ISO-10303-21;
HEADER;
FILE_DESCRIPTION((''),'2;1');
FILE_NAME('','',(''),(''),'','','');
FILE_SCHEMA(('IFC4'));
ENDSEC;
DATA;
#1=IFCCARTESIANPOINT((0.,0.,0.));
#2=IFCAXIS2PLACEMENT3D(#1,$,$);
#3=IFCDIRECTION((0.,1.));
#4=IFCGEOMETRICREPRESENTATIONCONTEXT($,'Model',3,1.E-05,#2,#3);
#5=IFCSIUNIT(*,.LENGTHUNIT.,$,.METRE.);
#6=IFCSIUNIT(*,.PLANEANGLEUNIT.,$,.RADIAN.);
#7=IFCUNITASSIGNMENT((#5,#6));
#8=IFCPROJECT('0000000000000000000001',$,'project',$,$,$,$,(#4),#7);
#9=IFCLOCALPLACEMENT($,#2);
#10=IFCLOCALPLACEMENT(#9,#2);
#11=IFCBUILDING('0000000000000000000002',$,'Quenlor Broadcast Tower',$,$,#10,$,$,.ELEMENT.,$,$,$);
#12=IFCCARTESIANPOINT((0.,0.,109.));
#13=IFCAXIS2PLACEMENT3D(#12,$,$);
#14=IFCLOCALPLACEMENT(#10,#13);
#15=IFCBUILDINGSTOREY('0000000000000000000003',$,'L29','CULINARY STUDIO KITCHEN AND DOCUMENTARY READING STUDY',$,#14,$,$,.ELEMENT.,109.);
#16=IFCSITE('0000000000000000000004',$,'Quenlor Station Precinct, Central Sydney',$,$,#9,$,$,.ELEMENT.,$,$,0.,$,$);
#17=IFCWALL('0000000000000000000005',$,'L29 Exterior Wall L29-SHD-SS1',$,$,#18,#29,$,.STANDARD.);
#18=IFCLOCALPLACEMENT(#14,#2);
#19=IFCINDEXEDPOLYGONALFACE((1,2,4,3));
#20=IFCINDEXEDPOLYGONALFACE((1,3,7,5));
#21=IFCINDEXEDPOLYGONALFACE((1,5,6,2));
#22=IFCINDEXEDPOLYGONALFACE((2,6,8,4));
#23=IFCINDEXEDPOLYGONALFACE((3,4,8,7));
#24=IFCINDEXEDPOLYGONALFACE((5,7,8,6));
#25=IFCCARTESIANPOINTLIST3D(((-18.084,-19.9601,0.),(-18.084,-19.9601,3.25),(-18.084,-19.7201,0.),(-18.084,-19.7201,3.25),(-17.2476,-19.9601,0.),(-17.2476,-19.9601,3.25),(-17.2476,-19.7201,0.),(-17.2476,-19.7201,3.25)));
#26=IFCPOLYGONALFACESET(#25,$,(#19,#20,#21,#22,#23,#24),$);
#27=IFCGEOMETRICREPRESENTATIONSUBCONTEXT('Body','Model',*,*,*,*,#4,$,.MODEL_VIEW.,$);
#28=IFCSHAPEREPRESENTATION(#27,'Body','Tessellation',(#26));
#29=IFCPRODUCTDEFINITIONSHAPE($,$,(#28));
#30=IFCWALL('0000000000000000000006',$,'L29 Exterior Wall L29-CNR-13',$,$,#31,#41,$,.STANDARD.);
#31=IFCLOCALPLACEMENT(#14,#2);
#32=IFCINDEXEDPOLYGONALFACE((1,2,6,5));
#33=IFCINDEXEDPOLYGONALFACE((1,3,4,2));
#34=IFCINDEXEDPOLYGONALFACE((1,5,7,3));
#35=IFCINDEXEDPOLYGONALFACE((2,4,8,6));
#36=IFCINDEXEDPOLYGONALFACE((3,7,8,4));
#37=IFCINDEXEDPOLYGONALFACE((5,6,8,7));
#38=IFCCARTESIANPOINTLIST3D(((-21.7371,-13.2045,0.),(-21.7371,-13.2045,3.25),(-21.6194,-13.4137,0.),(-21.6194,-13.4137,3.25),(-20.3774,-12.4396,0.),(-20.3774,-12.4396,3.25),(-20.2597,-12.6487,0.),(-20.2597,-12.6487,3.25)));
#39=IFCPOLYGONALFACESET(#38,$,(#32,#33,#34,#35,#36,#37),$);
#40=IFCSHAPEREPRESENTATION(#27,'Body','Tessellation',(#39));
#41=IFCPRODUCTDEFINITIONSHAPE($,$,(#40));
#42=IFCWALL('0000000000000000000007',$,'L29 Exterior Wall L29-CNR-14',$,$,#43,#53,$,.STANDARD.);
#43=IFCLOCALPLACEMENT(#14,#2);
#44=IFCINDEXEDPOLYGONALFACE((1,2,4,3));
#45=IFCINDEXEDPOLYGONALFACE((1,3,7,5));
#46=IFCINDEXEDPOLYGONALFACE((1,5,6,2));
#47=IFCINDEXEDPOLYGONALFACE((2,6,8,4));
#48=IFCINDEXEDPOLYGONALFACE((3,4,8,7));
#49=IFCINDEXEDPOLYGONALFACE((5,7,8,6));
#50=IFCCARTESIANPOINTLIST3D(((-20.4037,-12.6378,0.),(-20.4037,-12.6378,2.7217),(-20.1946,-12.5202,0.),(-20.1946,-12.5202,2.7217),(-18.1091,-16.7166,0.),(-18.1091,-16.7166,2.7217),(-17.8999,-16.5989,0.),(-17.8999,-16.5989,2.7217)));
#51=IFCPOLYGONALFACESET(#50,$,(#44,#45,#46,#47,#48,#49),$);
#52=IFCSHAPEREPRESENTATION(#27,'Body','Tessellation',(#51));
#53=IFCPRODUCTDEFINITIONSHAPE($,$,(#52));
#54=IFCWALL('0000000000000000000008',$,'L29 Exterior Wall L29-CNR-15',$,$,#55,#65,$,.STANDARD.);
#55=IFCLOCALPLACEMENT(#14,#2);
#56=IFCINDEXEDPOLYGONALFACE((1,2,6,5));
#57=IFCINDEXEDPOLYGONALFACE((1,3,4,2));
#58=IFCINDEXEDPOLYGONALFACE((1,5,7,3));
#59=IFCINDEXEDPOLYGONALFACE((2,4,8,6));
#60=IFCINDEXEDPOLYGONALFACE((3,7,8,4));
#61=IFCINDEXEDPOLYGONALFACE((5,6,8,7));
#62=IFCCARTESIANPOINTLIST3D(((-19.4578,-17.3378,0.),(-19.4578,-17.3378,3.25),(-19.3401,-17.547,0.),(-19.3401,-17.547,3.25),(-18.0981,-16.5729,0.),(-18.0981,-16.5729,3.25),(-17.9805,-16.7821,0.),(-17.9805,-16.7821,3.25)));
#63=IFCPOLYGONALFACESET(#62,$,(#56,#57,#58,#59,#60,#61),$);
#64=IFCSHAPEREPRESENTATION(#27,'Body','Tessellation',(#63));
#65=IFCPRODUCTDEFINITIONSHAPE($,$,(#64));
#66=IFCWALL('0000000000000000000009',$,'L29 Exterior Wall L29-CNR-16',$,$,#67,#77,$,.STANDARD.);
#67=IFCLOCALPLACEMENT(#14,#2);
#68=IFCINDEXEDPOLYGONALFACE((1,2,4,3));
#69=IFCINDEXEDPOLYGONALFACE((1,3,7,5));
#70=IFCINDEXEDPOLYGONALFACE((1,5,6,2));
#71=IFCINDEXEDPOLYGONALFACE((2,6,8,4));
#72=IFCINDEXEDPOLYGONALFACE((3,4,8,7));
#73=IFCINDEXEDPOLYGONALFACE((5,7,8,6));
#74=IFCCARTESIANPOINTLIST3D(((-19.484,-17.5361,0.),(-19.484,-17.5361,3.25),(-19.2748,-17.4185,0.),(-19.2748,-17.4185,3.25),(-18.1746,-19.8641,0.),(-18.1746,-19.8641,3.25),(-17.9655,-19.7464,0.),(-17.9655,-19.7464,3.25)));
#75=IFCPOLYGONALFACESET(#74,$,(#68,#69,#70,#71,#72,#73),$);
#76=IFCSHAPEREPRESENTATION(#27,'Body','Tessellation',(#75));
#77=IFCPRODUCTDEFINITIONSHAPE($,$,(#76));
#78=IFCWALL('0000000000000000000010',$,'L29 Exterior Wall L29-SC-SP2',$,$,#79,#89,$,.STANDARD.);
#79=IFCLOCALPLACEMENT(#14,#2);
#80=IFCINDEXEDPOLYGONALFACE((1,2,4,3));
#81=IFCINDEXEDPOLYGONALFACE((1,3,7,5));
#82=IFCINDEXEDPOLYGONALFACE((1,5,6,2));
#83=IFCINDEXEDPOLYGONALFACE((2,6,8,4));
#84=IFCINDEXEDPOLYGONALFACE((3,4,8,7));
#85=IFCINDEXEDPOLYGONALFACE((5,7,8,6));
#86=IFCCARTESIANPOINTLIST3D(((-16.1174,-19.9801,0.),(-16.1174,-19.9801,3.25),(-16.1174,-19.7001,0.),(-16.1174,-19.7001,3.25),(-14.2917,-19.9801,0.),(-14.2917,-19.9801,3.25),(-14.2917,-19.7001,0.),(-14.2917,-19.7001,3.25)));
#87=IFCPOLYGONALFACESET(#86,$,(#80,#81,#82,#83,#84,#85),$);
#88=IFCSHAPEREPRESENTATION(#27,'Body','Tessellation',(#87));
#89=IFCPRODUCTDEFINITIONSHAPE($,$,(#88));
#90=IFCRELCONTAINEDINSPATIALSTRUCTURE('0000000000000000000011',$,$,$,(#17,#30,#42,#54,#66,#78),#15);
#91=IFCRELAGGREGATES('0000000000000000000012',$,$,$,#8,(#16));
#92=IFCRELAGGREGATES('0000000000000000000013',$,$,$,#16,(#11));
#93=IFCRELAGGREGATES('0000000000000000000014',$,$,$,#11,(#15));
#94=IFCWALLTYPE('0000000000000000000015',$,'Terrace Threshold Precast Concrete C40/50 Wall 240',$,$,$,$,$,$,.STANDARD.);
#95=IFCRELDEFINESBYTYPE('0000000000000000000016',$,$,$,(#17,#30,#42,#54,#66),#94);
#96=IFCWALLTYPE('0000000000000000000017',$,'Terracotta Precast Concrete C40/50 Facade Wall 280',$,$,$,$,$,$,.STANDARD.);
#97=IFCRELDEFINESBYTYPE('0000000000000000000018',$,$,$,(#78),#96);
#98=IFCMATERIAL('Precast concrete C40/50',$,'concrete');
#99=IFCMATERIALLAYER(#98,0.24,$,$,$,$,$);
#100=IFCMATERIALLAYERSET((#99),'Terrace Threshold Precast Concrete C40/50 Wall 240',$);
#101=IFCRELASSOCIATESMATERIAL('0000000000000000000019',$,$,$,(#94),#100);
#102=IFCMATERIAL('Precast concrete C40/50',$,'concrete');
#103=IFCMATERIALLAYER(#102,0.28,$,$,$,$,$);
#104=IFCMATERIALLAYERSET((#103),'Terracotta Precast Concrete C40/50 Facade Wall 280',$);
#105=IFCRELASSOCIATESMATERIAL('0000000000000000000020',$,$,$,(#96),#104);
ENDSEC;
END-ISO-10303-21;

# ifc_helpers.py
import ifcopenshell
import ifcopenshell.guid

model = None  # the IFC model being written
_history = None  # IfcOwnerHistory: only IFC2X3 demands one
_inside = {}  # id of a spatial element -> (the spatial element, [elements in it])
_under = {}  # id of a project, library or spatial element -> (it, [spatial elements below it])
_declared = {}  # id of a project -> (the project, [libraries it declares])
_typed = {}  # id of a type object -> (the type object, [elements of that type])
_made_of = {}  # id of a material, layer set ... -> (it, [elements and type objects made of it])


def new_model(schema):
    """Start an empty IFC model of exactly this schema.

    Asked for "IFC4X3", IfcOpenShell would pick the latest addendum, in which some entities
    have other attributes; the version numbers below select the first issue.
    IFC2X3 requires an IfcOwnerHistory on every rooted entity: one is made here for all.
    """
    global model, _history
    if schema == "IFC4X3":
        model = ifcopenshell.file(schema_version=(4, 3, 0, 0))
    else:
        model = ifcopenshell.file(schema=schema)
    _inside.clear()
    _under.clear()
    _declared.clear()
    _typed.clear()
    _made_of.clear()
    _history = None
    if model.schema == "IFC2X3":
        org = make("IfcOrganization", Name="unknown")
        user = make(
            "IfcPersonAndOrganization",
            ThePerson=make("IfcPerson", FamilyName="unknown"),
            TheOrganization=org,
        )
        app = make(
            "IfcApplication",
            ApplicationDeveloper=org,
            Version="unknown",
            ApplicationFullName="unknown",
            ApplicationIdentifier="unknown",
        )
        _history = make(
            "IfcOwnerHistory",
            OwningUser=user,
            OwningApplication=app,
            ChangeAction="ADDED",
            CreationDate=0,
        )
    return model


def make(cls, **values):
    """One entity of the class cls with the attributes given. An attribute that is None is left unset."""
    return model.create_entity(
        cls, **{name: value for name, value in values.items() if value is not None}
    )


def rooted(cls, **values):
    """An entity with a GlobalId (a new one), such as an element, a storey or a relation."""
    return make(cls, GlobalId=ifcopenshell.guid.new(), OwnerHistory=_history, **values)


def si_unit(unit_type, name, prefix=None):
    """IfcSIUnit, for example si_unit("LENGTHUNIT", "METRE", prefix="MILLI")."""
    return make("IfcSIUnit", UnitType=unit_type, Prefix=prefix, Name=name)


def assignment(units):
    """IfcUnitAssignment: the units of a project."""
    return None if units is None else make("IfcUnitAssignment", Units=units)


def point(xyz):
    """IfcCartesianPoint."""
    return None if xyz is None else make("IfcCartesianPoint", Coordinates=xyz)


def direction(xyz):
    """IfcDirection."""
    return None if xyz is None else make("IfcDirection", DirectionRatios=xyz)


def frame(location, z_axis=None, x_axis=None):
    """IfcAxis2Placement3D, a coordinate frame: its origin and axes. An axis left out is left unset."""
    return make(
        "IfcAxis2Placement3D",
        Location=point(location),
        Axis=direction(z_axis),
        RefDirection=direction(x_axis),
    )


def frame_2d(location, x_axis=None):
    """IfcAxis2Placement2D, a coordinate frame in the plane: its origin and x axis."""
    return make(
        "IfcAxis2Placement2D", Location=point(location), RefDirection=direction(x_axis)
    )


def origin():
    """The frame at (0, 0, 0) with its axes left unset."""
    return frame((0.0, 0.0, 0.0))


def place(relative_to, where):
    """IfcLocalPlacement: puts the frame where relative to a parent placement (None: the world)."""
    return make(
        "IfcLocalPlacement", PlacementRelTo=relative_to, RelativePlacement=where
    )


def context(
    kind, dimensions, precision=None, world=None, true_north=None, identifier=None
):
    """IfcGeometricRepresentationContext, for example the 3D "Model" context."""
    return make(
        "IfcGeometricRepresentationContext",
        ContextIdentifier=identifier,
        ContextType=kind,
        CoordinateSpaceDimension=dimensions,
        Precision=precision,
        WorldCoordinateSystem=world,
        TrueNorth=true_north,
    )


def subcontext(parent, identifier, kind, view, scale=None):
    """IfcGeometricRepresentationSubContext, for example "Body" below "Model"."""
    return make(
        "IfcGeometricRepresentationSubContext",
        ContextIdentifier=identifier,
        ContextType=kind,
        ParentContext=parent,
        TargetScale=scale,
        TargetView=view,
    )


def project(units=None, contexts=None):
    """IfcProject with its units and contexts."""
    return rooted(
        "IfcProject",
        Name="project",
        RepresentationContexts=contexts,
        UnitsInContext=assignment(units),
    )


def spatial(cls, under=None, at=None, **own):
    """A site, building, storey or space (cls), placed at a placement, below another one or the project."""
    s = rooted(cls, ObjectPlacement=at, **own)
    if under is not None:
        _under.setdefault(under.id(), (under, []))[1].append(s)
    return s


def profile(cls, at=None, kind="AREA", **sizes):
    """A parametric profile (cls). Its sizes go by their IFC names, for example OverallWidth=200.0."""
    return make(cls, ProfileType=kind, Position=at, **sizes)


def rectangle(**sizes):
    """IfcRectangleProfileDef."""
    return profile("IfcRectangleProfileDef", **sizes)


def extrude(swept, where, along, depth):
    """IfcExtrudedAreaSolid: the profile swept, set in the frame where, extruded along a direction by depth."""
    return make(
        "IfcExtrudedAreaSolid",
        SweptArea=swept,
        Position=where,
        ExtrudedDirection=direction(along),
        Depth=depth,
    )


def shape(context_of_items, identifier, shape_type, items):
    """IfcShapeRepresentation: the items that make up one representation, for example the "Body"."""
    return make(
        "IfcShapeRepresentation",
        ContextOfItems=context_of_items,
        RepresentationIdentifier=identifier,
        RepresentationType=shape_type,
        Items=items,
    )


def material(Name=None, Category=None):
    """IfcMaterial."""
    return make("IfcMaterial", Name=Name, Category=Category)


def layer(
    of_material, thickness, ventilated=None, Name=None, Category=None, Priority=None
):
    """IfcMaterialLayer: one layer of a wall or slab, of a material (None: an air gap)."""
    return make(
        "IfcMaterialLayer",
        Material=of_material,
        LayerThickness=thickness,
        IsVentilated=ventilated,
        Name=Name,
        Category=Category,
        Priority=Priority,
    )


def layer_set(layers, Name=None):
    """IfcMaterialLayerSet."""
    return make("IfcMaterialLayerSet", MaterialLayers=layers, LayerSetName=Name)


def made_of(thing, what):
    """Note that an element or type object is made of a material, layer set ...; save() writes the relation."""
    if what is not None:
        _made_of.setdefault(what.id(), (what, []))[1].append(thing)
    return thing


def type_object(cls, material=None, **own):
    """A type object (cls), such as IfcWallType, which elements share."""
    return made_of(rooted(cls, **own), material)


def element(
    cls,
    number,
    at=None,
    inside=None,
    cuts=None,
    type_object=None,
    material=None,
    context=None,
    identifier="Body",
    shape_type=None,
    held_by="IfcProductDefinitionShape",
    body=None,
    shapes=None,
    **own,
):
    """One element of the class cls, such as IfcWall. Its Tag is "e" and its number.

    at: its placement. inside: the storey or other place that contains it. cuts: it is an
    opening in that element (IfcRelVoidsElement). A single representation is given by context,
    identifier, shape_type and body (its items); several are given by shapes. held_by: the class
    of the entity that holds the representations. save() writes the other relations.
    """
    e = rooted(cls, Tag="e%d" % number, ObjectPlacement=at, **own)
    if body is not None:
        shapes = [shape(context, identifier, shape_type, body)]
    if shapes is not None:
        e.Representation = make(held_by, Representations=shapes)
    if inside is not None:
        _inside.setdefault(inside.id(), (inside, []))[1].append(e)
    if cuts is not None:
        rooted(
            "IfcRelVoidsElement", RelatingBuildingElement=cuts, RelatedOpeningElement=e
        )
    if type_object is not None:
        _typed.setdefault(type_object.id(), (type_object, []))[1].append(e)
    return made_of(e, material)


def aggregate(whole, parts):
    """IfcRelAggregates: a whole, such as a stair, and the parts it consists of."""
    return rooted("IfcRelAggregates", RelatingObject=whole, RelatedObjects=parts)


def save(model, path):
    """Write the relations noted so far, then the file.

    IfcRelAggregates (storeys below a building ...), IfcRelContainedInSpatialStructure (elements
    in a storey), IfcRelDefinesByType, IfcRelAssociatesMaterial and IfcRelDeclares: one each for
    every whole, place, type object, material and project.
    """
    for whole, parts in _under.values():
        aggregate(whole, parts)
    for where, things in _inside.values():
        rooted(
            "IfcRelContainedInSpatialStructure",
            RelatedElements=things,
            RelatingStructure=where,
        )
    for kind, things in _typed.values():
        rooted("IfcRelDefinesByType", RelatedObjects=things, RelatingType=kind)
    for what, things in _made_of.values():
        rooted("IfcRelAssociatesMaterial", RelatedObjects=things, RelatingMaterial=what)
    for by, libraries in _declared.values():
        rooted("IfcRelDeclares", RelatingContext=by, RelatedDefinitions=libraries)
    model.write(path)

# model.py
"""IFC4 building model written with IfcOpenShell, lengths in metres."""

from ifc_helpers import new_model, si_unit, direction, frame, frame_2d, origin, place, context, subcontext, project, spatial, rectangle, extrude, material, layer, layer_set, type_object, element, save


model = new_model("IFC4")

# Units and contexts
model_context = context("Model", 3, precision=1e-05, world=origin(), true_north=direction((0.0, 1.0)))
body_context = subcontext(model_context, "Body", "Model", "MODEL_VIEW")
ifc_project = project(units=[si_unit("LENGTHUNIT", "METRE"), si_unit("PLANEANGLEUNIT", "RADIAN")], contexts=[model_context])

# Site, building, storey
site_placement = place(None, origin())
site = spatial("IfcSite", under=ifc_project, at=site_placement, Name="Quenlor Station Precinct, Central Sydney", CompositionType="ELEMENT", RefElevation=0.0)
building_placement = place(site_placement, origin())
building = spatial("IfcBuilding", under=site, at=building_placement, Name="Quenlor Broadcast Tower", CompositionType="ELEMENT")
storey_placement = place(building_placement, frame((0.0, 0.0, 109.0)))
storey = spatial("IfcBuildingStorey", under=building, at=storey_placement, Name="L29", Description="CULINARY STUDIO KITCHEN AND DOCUMENTARY READING STUDY", CompositionType="ELEMENT", Elevation=109.0)

# Walls
ifc_material_1 = material(Name="Precast concrete C40/50", Category="concrete")
ifc_layer_1 = layer(ifc_material_1, 0.24)
ifc_layer_set_1 = layer_set([ifc_layer_1], Name="Terrace Threshold Precast Concrete C40/50 Wall 240")
wall_type_1 = type_object("IfcWallType", Name="Terrace Threshold Precast Concrete C40/50 Wall 240", PredefinedType="STANDARD", material=ifc_layer_set_1)
wall_1_placement = place(storey_placement, frame((-17.2476, -19.8401, 0.0), z_axis=(0.0, 0.0, 1.0), x_axis=(-1.0, 0.0, 0.0)))
element("IfcWall", 1, at=wall_1_placement, inside=storey, type_object=wall_type_1, Name="L29 Exterior Wall L29-SHD-SS1", PredefinedType="STANDARD", context=body_context, shape_type="SweptSolid", body=[
    extrude(rectangle(XDim=0.8364, YDim=0.24, at=frame_2d((0.4182, 0.0))), origin(), (0.0, 0.0, 1.0), 3.25),
])
wall_2_placement = place(storey_placement, frame((-21.6782, -13.3091, 0.0), z_axis=(0.0, 0.0, 1.0), x_axis=(0.871546, 0.490313, 0.0)))
element("IfcWall", 2, at=wall_2_placement, inside=storey, type_object=wall_type_1, Name="L29 Exterior Wall L29-CNR-13", PredefinedType="STANDARD", context=body_context, shape_type="SweptSolid", body=[
    extrude(rectangle(XDim=1.5601, YDim=0.24, at=frame_2d((0.78, 0.0))), origin(), (0.0, 0.0, 1.0), 3.25),
])
wall_3_placement = place(storey_placement, frame((-20.2991, -12.5791, 0.0), z_axis=(0.0, 0.0, 1.0), x_axis=(0.490313, -0.871546, 0.0)))
element("IfcWall", 3, at=wall_3_placement, inside=storey, type_object=wall_type_1, Name="L29 Exterior Wall L29-CNR-14", PredefinedType="STANDARD", context=body_context, shape_type="SweptSolid", body=[
    extrude(rectangle(XDim=4.6799, YDim=0.24, at=frame_2d((2.3398, 0.0))), origin(), (0.0, 0.0, 1.0), 2.7217),
])
wall_4_placement = place(storey_placement, frame((-18.0393, -16.6775, 0.0), z_axis=(0.0, 0.0, 1.0), x_axis=(-0.871546, -0.490313, 0.0)))
element("IfcWall", 4, at=wall_4_placement, inside=storey, type_object=wall_type_1, Name="L29 Exterior Wall L29-CNR-15", PredefinedType="STANDARD", context=body_context, shape_type="SweptSolid", body=[
    extrude(rectangle(XDim=1.5601, YDim=0.24, at=frame_2d((0.78, 0.0))), origin(), (0.0, 0.0, 1.0), 3.25),
])
wall_5_placement = place(storey_placement, frame((-19.3794, -17.4773, 0.0), z_axis=(0.0, 0.0, 1.0), x_axis=(0.490231, -0.871593, 0.0)))
element("IfcWall", 5, at=wall_5_placement, inside=storey, type_object=wall_type_1, Name="L29 Exterior Wall L29-CNR-16", PredefinedType="STANDARD", context=body_context, shape_type="SweptSolid", body=[
    extrude(rectangle(XDim=2.6709, YDim=0.24, at=frame_2d((1.3354, 0.0))), origin(), (0.0, 0.0, 1.0), 3.25),
])
ifc_material_2 = material(Name="Precast concrete C40/50", Category="concrete")
ifc_layer_2 = layer(ifc_material_2, 0.28)
ifc_layer_set_2 = layer_set([ifc_layer_2], Name="Terracotta Precast Concrete C40/50 Facade Wall 280")
wall_type_2 = type_object("IfcWallType", Name="Terracotta Precast Concrete C40/50 Facade Wall 280", PredefinedType="STANDARD", material=ifc_layer_set_2)
wall_6_placement = place(storey_placement, frame((-14.2917, -19.8401, 0.0), z_axis=(0.0, 0.0, 1.0), x_axis=(-1.0, 0.0, 0.0)))
element("IfcWall", 6, at=wall_6_placement, inside=storey, type_object=wall_type_2, Name="L29 Exterior Wall L29-SC-SP2", PredefinedType="STANDARD", context=body_context, shape_type="SweptSolid", body=[
    extrude(rectangle(XDim=1.8257, YDim=0.28, at=frame_2d((0.9128, 0.0))), origin(), (0.0, 0.0, 1.0), 3.25),
])

save(model, "model.ifc")
